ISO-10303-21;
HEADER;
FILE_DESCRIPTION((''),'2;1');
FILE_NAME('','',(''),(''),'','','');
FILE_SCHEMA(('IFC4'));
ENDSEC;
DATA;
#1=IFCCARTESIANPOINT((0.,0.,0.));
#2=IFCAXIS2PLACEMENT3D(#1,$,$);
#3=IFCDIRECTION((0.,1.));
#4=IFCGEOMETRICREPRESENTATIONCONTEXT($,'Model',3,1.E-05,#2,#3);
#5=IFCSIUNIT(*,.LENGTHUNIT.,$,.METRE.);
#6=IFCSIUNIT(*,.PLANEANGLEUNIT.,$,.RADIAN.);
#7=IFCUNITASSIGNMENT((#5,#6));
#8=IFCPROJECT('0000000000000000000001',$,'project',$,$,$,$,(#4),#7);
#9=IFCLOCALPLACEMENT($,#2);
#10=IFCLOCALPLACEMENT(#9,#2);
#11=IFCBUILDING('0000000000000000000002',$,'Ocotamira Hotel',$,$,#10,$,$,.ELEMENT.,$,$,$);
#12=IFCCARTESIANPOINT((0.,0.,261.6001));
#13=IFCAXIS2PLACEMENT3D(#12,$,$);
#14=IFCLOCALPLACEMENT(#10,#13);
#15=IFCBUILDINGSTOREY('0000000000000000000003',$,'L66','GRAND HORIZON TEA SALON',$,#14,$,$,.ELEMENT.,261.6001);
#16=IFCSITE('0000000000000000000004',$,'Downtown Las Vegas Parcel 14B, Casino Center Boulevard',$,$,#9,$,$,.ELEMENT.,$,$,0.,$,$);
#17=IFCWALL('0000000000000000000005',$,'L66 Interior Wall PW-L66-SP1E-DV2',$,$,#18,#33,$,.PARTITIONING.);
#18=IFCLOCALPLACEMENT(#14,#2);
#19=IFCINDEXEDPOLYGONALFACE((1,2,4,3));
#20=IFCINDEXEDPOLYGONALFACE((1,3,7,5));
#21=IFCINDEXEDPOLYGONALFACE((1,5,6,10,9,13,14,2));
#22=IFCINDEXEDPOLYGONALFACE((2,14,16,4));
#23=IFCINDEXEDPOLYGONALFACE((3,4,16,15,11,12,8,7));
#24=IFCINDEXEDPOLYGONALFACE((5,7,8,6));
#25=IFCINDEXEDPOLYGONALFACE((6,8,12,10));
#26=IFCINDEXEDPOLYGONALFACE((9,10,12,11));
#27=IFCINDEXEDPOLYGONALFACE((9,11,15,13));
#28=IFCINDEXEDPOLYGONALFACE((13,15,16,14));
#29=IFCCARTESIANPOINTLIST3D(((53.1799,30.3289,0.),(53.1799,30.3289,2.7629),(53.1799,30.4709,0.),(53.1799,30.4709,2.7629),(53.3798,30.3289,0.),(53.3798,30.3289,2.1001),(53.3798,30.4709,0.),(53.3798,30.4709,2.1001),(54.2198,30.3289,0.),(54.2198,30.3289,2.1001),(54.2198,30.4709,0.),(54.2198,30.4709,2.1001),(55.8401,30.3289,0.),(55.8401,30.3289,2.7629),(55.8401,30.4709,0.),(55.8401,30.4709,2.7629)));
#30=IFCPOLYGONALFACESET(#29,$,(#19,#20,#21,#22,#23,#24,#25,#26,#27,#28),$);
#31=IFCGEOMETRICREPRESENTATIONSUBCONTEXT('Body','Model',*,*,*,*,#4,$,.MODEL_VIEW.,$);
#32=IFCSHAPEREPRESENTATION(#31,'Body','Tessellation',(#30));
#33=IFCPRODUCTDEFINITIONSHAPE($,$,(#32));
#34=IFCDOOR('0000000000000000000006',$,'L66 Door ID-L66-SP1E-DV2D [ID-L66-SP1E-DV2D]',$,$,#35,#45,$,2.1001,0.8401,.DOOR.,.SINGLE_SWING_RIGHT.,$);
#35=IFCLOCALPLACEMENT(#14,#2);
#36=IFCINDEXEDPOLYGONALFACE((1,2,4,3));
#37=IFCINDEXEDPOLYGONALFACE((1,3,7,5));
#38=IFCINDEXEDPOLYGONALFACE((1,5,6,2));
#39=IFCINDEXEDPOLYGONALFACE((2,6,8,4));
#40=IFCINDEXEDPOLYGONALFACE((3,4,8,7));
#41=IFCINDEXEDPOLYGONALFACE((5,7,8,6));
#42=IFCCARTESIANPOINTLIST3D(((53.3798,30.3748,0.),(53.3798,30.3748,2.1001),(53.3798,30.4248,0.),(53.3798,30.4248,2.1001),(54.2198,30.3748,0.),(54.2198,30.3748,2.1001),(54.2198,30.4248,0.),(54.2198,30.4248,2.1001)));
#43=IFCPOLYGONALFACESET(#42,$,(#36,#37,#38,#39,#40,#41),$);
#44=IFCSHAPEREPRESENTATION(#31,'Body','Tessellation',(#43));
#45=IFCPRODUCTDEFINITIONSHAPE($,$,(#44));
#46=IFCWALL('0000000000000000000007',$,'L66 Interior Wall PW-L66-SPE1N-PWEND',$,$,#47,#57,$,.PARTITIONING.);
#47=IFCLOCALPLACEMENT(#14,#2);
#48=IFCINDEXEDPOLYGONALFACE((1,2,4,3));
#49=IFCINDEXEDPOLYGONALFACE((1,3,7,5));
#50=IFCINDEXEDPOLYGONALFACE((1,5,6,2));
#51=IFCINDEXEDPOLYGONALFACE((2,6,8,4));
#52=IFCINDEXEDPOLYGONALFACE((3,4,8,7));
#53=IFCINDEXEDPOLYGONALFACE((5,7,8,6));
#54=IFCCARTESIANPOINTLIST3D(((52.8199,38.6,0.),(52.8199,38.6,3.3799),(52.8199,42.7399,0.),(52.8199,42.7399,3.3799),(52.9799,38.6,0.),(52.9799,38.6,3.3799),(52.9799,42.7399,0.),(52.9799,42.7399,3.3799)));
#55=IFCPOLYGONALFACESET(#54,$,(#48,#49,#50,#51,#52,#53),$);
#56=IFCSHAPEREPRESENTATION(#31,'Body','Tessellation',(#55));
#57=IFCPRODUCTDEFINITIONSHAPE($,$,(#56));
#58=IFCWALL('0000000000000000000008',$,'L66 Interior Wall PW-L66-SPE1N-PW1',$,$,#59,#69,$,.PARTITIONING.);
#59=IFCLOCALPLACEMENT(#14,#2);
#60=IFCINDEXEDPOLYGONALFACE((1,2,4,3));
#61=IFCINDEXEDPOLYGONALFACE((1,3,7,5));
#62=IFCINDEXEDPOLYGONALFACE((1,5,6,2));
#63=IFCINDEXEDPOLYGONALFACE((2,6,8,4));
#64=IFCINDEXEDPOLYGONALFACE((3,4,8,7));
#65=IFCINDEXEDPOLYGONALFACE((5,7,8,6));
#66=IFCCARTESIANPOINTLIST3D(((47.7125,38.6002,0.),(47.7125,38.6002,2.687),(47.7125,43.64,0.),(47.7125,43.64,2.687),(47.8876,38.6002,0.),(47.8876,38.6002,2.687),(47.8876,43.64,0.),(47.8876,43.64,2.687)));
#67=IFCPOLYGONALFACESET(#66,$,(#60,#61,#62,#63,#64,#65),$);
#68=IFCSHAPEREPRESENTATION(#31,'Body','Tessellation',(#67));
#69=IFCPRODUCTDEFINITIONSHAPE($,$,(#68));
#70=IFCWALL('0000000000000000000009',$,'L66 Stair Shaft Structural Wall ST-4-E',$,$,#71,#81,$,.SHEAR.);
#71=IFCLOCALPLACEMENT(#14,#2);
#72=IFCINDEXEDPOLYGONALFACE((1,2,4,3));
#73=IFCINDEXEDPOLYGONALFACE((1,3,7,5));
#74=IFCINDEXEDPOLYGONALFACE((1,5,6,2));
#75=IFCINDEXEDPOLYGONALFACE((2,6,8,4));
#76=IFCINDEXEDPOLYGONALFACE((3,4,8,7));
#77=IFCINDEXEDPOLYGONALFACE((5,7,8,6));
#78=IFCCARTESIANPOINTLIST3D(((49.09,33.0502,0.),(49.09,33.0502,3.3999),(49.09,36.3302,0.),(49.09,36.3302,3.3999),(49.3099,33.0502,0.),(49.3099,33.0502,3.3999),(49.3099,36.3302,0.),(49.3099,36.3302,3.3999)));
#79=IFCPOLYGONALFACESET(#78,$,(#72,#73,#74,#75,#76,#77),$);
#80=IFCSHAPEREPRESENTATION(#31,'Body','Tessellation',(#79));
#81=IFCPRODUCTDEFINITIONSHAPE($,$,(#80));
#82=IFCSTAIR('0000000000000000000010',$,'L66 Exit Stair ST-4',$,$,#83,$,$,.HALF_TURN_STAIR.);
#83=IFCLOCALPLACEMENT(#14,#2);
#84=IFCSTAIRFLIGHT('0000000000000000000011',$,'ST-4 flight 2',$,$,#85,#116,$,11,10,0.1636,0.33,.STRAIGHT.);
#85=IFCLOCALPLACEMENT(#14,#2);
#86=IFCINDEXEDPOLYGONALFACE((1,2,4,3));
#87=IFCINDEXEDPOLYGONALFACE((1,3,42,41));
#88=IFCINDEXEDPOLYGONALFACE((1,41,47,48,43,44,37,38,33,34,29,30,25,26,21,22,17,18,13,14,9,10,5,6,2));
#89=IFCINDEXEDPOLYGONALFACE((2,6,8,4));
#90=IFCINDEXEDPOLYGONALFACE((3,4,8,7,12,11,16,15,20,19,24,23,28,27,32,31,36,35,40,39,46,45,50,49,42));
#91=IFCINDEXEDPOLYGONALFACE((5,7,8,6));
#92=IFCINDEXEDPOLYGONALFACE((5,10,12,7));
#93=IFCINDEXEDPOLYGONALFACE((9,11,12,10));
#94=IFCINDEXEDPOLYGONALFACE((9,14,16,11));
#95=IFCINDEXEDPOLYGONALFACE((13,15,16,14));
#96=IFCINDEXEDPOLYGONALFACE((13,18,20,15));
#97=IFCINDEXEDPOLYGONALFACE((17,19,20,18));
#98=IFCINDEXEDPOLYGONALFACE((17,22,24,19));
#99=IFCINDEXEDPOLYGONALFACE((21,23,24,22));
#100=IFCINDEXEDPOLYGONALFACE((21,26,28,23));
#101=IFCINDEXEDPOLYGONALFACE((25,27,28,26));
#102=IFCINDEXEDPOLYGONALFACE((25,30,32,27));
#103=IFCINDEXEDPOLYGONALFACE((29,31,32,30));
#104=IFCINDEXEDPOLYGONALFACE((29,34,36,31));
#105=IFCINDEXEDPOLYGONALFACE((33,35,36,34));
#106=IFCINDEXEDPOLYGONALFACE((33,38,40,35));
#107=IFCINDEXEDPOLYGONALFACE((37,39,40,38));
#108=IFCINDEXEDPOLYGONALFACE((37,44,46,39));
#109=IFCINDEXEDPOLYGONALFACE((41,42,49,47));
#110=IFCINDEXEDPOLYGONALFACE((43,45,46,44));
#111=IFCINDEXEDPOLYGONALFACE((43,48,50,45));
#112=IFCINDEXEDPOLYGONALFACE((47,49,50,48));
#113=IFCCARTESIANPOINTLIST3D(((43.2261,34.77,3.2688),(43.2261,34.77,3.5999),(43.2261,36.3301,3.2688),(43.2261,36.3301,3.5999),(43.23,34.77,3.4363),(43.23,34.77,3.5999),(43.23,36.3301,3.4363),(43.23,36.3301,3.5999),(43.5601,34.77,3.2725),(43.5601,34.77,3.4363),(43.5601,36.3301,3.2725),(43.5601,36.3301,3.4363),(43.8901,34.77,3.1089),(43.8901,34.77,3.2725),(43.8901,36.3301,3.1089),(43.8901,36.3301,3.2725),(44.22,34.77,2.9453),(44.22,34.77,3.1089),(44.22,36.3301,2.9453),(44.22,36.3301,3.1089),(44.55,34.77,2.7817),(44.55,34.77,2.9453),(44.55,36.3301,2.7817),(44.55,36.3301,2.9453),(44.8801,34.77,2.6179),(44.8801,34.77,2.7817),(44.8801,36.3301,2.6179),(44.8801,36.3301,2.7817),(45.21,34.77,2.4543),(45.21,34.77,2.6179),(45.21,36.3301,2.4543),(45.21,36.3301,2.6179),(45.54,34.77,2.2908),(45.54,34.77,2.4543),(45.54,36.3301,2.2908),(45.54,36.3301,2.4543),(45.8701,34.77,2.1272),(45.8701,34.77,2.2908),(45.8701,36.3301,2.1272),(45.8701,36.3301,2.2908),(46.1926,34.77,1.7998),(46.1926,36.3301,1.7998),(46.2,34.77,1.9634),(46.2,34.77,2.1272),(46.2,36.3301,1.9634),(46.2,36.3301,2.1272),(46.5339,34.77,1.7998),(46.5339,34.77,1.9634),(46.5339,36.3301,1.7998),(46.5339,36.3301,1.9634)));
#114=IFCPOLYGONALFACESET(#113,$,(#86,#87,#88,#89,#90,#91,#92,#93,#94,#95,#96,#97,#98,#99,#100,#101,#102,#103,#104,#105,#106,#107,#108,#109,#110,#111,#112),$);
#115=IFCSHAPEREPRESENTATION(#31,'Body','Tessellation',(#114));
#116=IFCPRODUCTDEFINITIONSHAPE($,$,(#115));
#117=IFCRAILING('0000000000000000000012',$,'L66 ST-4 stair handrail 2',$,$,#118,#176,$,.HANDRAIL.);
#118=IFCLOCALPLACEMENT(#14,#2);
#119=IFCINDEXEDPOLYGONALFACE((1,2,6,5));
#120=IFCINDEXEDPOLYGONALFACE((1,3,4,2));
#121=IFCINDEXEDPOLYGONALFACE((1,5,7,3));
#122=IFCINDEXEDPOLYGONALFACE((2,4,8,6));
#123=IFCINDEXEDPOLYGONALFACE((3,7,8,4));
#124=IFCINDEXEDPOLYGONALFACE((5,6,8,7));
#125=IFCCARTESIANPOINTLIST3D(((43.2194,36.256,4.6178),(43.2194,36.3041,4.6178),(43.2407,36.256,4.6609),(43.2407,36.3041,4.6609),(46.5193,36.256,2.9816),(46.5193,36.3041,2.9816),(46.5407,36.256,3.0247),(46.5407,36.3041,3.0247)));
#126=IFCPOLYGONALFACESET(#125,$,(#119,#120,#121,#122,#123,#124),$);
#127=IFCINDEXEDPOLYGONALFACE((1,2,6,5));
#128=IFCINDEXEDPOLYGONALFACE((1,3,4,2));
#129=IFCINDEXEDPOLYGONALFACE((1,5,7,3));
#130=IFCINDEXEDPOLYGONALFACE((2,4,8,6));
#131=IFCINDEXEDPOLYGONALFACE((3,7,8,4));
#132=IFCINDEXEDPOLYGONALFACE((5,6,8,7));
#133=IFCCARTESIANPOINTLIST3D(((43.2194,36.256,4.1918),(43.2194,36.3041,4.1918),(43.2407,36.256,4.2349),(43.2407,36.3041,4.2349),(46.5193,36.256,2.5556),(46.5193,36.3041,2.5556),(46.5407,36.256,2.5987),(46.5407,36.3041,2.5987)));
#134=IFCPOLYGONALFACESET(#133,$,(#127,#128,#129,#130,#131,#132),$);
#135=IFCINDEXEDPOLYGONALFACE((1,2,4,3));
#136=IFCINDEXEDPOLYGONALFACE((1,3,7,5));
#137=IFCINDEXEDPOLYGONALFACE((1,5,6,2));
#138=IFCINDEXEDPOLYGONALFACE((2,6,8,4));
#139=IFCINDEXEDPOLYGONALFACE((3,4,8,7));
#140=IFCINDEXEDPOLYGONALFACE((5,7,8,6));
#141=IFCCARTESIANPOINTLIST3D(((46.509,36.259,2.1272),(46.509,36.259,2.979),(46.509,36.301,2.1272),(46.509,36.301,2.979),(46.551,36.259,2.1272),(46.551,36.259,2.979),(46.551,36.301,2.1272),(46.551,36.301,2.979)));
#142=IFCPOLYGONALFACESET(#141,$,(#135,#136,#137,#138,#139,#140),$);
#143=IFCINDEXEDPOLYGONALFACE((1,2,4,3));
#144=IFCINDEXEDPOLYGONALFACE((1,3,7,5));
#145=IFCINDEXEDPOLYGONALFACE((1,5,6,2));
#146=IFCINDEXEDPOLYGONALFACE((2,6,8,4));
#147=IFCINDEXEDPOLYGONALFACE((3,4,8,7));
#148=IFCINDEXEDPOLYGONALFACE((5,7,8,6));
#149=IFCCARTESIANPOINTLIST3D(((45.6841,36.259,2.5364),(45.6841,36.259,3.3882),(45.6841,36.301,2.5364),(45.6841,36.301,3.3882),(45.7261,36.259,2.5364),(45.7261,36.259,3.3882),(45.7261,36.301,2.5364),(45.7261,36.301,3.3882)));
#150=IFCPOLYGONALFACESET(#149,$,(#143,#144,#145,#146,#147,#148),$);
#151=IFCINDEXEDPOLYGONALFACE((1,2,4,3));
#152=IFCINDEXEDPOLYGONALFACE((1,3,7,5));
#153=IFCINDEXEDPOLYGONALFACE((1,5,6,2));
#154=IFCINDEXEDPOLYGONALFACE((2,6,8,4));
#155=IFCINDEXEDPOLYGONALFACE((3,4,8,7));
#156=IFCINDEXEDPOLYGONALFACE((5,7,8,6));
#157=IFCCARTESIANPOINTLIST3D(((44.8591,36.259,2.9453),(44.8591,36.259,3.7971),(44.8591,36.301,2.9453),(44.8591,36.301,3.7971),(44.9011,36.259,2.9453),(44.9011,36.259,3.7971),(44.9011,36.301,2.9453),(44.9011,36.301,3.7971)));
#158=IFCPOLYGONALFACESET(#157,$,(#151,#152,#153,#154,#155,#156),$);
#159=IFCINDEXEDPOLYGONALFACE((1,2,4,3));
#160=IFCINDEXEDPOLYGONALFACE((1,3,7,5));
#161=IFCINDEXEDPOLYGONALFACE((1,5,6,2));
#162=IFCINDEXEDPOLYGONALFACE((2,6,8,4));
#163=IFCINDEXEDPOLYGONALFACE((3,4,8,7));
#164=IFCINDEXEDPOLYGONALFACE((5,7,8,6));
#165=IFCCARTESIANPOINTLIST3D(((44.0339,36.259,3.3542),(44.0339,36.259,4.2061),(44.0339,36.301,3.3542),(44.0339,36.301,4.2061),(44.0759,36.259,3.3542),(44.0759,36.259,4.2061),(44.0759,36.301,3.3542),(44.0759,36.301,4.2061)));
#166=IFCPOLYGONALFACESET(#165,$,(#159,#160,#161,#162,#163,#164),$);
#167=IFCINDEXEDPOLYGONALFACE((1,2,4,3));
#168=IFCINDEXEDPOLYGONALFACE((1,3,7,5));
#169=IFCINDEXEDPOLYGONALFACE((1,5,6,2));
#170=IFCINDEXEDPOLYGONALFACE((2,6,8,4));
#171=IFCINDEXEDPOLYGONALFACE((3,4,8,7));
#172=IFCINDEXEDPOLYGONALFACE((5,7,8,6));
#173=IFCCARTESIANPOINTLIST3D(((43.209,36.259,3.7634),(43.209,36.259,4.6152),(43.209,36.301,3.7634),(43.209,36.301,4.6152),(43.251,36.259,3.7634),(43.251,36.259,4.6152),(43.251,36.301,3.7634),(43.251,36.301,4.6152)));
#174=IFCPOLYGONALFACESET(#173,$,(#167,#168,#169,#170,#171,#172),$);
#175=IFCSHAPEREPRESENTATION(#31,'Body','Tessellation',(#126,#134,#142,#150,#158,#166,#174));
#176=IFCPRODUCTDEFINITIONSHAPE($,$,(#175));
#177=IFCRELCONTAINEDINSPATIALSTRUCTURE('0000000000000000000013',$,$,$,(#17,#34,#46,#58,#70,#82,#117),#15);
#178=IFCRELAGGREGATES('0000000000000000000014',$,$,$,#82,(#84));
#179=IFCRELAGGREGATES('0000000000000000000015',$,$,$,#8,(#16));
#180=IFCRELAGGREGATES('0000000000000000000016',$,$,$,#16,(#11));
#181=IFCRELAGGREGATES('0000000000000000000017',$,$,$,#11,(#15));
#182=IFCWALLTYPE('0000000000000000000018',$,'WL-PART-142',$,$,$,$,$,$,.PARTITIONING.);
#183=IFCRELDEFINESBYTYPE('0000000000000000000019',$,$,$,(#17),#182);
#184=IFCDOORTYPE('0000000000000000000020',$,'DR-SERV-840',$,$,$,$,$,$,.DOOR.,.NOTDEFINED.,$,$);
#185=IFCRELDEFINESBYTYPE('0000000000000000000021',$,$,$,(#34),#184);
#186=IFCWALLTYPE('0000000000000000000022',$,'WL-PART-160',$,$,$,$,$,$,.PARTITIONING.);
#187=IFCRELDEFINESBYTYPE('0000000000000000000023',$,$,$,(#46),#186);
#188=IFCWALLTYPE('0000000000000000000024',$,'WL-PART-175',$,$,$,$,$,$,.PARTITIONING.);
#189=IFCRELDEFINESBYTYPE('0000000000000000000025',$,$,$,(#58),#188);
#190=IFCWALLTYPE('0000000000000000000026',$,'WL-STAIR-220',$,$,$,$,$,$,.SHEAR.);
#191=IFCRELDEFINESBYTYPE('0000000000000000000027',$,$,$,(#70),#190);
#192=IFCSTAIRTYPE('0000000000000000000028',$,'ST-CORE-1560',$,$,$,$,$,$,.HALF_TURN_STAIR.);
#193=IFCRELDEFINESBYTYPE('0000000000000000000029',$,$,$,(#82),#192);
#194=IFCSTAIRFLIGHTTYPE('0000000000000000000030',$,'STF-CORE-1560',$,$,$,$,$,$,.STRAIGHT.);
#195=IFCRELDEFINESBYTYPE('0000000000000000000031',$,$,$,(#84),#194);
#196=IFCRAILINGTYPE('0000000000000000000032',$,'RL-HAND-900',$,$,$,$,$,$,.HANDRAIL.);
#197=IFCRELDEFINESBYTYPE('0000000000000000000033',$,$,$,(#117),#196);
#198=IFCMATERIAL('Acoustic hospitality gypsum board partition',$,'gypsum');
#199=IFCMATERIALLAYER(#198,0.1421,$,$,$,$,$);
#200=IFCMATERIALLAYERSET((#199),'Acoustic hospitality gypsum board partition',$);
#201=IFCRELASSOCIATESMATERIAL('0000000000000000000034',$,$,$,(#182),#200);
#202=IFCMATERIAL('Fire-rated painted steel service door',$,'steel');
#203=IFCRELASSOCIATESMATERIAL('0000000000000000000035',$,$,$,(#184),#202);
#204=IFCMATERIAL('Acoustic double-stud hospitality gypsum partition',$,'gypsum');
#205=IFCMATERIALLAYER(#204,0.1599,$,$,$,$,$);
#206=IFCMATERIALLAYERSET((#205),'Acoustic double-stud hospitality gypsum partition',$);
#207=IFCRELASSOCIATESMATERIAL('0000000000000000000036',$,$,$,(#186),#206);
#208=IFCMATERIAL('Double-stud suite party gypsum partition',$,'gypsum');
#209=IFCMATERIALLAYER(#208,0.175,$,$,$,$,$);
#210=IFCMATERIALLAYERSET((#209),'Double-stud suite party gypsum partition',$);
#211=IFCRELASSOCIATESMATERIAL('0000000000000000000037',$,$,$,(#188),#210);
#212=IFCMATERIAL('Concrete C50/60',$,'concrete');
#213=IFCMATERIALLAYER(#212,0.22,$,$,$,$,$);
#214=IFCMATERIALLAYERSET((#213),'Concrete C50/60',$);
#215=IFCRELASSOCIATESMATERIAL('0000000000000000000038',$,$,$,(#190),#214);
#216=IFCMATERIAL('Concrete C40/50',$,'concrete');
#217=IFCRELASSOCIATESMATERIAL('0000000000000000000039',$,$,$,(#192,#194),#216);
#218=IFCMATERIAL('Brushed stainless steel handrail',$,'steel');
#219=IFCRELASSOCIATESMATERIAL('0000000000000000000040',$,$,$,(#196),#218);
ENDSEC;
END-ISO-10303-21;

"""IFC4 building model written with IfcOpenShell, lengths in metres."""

from ifc_helpers import new_model, si_unit, direction, frame, frame_2d, origin, origin_2d, place, context, subcontext, project, spatial, polyline, rectangle, outline, extrude, source, transform, mapped, material, layer, layer_set, type_object, element, fill, aggregate, save


model = new_model("IFC4")

# Units and contexts
model_context = context("Model", 3, precision=1e-05, world=origin(), true_north=direction((0.0, 1.0)))
body_context = subcontext(model_context, "Body", "Model", "MODEL_VIEW")
ifc_project = project(units=[si_unit("LENGTHUNIT", "METRE"), si_unit("PLANEANGLEUNIT", "RADIAN")], contexts=[model_context])

# Site, building, storey
site_placement = place(None, origin())
site = spatial("IfcSite", under=ifc_project, at=site_placement, Name="Downtown Las Vegas Parcel 14B, Casino Center Boulevard", CompositionType="ELEMENT", RefElevation=0.0)
building_placement = place(site_placement, origin())
building = spatial("IfcBuilding", under=site, at=building_placement, Name="Ocotamira Hotel", CompositionType="ELEMENT")
storey_placement = place(building_placement, frame((0.0, 0.0, 261.6001)))
storey = spatial("IfcBuildingStorey", under=building, at=storey_placement, Name="L66", Description="GRAND HORIZON TEA SALON", CompositionType="ELEMENT", Elevation=261.6001)

# Wall, opening, door
ifc_material_1 = material(Name="Acoustic hospitality gypsum board partition", Category="gypsum")
ifc_layer_1 = layer(ifc_material_1, 0.1421)
ifc_layer_set_1 = layer_set([ifc_layer_1], Name="Acoustic hospitality gypsum board partition")
wall_type_1 = type_object("IfcWallType", Name="WL-PART-142", PredefinedType="PARTITIONING", material=ifc_layer_set_1)
wall_1_placement = place(storey_placement, frame((53.1799, 30.3999, 0.0), z_axis=(0.0, 0.0, 1.0), x_axis=(1.0, 0.0, 0.0)))
wall_1 = element("IfcWall", 1, at=wall_1_placement, inside=storey, type_object=wall_type_1, Name="L66 Interior Wall PW-L66-SP1E-DV2", PredefinedType="PARTITIONING", context=body_context, shape_type="SweptSolid", body=[
    extrude(rectangle(XDim=2.6602, YDim=0.1421, at=frame_2d((1.3301, 0.0))), origin(), (0.0, 0.0, 1.0), 2.7629),
])
opening_1_placement = place(wall_1_placement, frame((0.2, 0.0, 0.0)))
opening_1 = element("IfcOpeningElement", 2, at=opening_1_placement, cuts=wall_1, PredefinedType="OPENING", context=body_context, shape_type="SweptSolid", body=[
    extrude(rectangle(XDim=0.8401, YDim=2.1001, at=frame_2d((0.4199, 1.05))), frame((0.0, 0.0811, 0.0), z_axis=(0.0, -1.0, 0.0), x_axis=(1.0, 0.0, 0.0)), (0.0, 0.0, 1.0), 0.1621),
])
ifc_material_2 = material(Name="Fire-rated painted steel service door", Category="steel")
door_type_1 = type_object("IfcDoorType", Name="DR-SERV-840", OperationType="NOTDEFINED", PredefinedType="DOOR", material=ifc_material_2)
shared_shape_1 = source(origin(), body_context, "Body", "SweptSolid", [
    extrude(rectangle(XDim=0.8401, YDim=2.1001, at=frame_2d((0.4199, 1.05))), frame((0.0, 0.0249, 0.0), z_axis=(0.0, -1.0, 0.0), x_axis=(1.0, 0.0, 0.0)), (0.0, 0.0, 1.0), 0.05),
])
door_1_placement = place(opening_1_placement, origin())
door_1 = element("IfcDoor", 3, at=door_1_placement, inside=storey, type_object=door_type_1, Name="L66 Door ID-L66-SP1E-DV2D [ID-L66-SP1E-DV2D]", OperationType="SINGLE_SWING_RIGHT", OverallHeight=2.1001, OverallWidth=0.8401, PredefinedType="DOOR", context=body_context, shape_type="MappedRepresentation", body=[
    mapped(shared_shape_1, transform((0.0, 0.0, 0.0), scale=1.0)),
])
fill(opening_1, door_1)

# Walls
ifc_material_3 = material(Name="Acoustic double-stud hospitality gypsum partition", Category="gypsum")
ifc_layer_2 = layer(ifc_material_3, 0.1599)
ifc_layer_set_2 = layer_set([ifc_layer_2], Name="Acoustic double-stud hospitality gypsum partition")
wall_type_2 = type_object("IfcWallType", Name="WL-PART-160", PredefinedType="PARTITIONING", material=ifc_layer_set_2)
wall_2_placement = place(storey_placement, frame((52.8999, 38.6001, 0.0), z_axis=(0.0, 0.0, 1.0), x_axis=(0.0, 1.0, 0.0)))
element("IfcWall", 4, at=wall_2_placement, inside=storey, type_object=wall_type_2, Name="L66 Interior Wall PW-L66-SPE1N-PWEND", PredefinedType="PARTITIONING", context=body_context, shape_type="SweptSolid", body=[
    extrude(rectangle(XDim=4.1399, YDim=0.1599, at=frame_2d((2.0698, 0.0))), origin(), (0.0, 0.0, 1.0), 3.3799),
])
ifc_material_4 = material(Name="Double-stud suite party gypsum partition", Category="gypsum")
ifc_layer_3 = layer(ifc_material_4, 0.175)
ifc_layer_set_3 = layer_set([ifc_layer_3], Name="Double-stud suite party gypsum partition")
wall_type_3 = type_object("IfcWallType", Name="WL-PART-175", PredefinedType="PARTITIONING", material=ifc_layer_set_3)
wall_3_placement = place(storey_placement, frame((47.8, 38.6001, 0.0), z_axis=(0.0, 0.0, 1.0), x_axis=(0.0, 1.0, 0.0)))
element("IfcWall", 5, at=wall_3_placement, inside=storey, type_object=wall_type_3, Name="L66 Interior Wall PW-L66-SPE1N-PW1", PredefinedType="PARTITIONING", context=body_context, shape_type="SweptSolid", body=[
    extrude(rectangle(XDim=5.0398, YDim=0.175, at=frame_2d((2.52, 0.0))), origin(), (0.0, 0.0, 1.0), 2.687),
])
ifc_material_5 = material(Name="Concrete C50/60", Category="concrete")
ifc_layer_4 = layer(ifc_material_5, 0.22)
ifc_layer_set_4 = layer_set([ifc_layer_4], Name="Concrete C50/60")
wall_type_4 = type_object("IfcWallType", Name="WL-STAIR-220", PredefinedType="SHEAR", material=ifc_layer_set_4)
wall_4_placement = place(storey_placement, frame((49.2, 33.05, 0.0), z_axis=(0.0, 0.0, 1.0), x_axis=(0.0, 1.0, 0.0)))
element("IfcWall", 6, at=wall_4_placement, inside=storey, type_object=wall_type_4, Name="L66 Stair Shaft Structural Wall ST-4-E", PredefinedType="SHEAR", context=body_context, shape_type="SweptSolid", body=[
    extrude(rectangle(XDim=3.28, YDim=0.22, at=frame_2d((1.6401, 0.0))), origin(), (0.0, 0.0, 1.0), 3.3999),
])

# Stair, stair flight
ifc_material_6 = material(Name="Concrete C40/50", Category="concrete")
stair_type = type_object("IfcStairType", Name="ST-CORE-1560", PredefinedType="HALF_TURN_STAIR", material=ifc_material_6)
stair_placement = place(storey_placement, origin())
stair = element("IfcStair", 7, at=stair_placement, inside=storey, type_object=stair_type, Name="L66 Exit Stair ST-4", PredefinedType="HALF_TURN_STAIR")
stair_flight_type = type_object("IfcStairFlightType", Name="STF-CORE-1560", PredefinedType="STRAIGHT", material=ifc_material_6)
shared_shape_2 = source(origin(), body_context, "Body", "SweptSolid", [
    extrude(outline(polyline([(-0.0039, 0.0), (-0.0039, 0.1636), (0.3301, 0.1636), (0.3301, 0.3274), (0.6599, 0.3274), (0.6599, 0.491), (0.99, 0.491), (0.99, 0.6545), (1.3201, 0.6545), (1.3201, 0.8181), (1.6499, 0.8181), (1.6499, 0.9819), (1.98, 0.9819), (1.98, 1.1455), (2.3101, 1.1455), (2.3101, 1.3091), (2.6399, 1.3091), (2.6399, 1.4727), (2.97, 1.4727), (2.97, 1.6365), (3.3, 1.6365), (3.3, 1.8), (3.304, 1.8), (3.304, 1.469), (0.3374, 0.0), (-0.0039, 0.0)])), frame((0.0, 0.78, 0.0), z_axis=(0.0, -1.0, 0.0), x_axis=(1.0, 0.0, 0.0)), (0.0, 0.0, 1.0), 1.5601),
])
stair_flight_placement = place(storey_placement, frame((46.53, 35.55, 1.7998), z_axis=(0.0, 0.0, 1.0), x_axis=(-1.0, 0.0, 0.0)))
stair_flight = element("IfcStairFlight", 8, at=stair_flight_placement, type_object=stair_flight_type, Name="ST-4 flight 2", NumberOfRisers=11, NumberOfTreads=10, PredefinedType="STRAIGHT", RiserHeight=0.1636, TreadLength=0.33, context=body_context, shape_type="MappedRepresentation", body=[
    mapped(shared_shape_2, transform((0.0, 0.0, 0.0), scale=1.0)),
])
aggregate(stair, [stair_flight])

# Railing
ifc_material_7 = material(Name="Brushed stainless steel handrail", Category="steel")
railing_type_1 = type_object("IfcRailingType", Name="RL-HAND-900", PredefinedType="HANDRAIL", material=ifc_material_7)
railing_1_placement = place(storey_placement, frame((46.53, 36.28, 2.1272)))
element("IfcRailing", 9, at=railing_1_placement, inside=storey, type_object=railing_type_1, Name="L66 ST-4 stair handrail 2", PredefinedType="HANDRAIL", context=body_context, shape_type="SweptSolid", body=[
    extrude(rectangle(XDim=0.0481, YDim=0.0481, at=origin_2d()), frame((0.0, 0.0, 0.876), z_axis=(-0.89592, 0.0, 0.444215), x_axis=(0.0, -1.0, 0.0)), (0.0, 0.0, 1.0), 3.6833),
    extrude(rectangle(XDim=0.0481, YDim=0.0481, at=origin_2d()), frame((0.0, 0.0, 0.45), z_axis=(-0.89592, 0.0, 0.444215), x_axis=(0.0, -1.0, 0.0)), (0.0, 0.0, 1.0), 3.6833),
    extrude(rectangle(XDim=0.042, YDim=0.042, at=origin_2d()), origin(), (0.0, 0.0, 1.0), 0.8518),
    extrude(rectangle(XDim=0.042, YDim=0.042, at=origin_2d()), frame((-0.825, 0.0, 0.4092)), (0.0, 0.0, 1.0), 0.8518),
    extrude(rectangle(XDim=0.042, YDim=0.042, at=origin_2d()), frame((-1.6499, 0.0, 0.8181)), (0.0, 0.0, 1.0), 0.8518),
    extrude(rectangle(XDim=0.042, YDim=0.042, at=origin_2d()), frame((-2.4751, 0.0, 1.2271)), (0.0, 0.0, 1.0), 0.8518),
    extrude(rectangle(XDim=0.042, YDim=0.042, at=origin_2d()), frame((-3.3, 0.0, 1.6362)), (0.0, 0.0, 1.0), 0.8518),
])

save(model, "model.ifc")
